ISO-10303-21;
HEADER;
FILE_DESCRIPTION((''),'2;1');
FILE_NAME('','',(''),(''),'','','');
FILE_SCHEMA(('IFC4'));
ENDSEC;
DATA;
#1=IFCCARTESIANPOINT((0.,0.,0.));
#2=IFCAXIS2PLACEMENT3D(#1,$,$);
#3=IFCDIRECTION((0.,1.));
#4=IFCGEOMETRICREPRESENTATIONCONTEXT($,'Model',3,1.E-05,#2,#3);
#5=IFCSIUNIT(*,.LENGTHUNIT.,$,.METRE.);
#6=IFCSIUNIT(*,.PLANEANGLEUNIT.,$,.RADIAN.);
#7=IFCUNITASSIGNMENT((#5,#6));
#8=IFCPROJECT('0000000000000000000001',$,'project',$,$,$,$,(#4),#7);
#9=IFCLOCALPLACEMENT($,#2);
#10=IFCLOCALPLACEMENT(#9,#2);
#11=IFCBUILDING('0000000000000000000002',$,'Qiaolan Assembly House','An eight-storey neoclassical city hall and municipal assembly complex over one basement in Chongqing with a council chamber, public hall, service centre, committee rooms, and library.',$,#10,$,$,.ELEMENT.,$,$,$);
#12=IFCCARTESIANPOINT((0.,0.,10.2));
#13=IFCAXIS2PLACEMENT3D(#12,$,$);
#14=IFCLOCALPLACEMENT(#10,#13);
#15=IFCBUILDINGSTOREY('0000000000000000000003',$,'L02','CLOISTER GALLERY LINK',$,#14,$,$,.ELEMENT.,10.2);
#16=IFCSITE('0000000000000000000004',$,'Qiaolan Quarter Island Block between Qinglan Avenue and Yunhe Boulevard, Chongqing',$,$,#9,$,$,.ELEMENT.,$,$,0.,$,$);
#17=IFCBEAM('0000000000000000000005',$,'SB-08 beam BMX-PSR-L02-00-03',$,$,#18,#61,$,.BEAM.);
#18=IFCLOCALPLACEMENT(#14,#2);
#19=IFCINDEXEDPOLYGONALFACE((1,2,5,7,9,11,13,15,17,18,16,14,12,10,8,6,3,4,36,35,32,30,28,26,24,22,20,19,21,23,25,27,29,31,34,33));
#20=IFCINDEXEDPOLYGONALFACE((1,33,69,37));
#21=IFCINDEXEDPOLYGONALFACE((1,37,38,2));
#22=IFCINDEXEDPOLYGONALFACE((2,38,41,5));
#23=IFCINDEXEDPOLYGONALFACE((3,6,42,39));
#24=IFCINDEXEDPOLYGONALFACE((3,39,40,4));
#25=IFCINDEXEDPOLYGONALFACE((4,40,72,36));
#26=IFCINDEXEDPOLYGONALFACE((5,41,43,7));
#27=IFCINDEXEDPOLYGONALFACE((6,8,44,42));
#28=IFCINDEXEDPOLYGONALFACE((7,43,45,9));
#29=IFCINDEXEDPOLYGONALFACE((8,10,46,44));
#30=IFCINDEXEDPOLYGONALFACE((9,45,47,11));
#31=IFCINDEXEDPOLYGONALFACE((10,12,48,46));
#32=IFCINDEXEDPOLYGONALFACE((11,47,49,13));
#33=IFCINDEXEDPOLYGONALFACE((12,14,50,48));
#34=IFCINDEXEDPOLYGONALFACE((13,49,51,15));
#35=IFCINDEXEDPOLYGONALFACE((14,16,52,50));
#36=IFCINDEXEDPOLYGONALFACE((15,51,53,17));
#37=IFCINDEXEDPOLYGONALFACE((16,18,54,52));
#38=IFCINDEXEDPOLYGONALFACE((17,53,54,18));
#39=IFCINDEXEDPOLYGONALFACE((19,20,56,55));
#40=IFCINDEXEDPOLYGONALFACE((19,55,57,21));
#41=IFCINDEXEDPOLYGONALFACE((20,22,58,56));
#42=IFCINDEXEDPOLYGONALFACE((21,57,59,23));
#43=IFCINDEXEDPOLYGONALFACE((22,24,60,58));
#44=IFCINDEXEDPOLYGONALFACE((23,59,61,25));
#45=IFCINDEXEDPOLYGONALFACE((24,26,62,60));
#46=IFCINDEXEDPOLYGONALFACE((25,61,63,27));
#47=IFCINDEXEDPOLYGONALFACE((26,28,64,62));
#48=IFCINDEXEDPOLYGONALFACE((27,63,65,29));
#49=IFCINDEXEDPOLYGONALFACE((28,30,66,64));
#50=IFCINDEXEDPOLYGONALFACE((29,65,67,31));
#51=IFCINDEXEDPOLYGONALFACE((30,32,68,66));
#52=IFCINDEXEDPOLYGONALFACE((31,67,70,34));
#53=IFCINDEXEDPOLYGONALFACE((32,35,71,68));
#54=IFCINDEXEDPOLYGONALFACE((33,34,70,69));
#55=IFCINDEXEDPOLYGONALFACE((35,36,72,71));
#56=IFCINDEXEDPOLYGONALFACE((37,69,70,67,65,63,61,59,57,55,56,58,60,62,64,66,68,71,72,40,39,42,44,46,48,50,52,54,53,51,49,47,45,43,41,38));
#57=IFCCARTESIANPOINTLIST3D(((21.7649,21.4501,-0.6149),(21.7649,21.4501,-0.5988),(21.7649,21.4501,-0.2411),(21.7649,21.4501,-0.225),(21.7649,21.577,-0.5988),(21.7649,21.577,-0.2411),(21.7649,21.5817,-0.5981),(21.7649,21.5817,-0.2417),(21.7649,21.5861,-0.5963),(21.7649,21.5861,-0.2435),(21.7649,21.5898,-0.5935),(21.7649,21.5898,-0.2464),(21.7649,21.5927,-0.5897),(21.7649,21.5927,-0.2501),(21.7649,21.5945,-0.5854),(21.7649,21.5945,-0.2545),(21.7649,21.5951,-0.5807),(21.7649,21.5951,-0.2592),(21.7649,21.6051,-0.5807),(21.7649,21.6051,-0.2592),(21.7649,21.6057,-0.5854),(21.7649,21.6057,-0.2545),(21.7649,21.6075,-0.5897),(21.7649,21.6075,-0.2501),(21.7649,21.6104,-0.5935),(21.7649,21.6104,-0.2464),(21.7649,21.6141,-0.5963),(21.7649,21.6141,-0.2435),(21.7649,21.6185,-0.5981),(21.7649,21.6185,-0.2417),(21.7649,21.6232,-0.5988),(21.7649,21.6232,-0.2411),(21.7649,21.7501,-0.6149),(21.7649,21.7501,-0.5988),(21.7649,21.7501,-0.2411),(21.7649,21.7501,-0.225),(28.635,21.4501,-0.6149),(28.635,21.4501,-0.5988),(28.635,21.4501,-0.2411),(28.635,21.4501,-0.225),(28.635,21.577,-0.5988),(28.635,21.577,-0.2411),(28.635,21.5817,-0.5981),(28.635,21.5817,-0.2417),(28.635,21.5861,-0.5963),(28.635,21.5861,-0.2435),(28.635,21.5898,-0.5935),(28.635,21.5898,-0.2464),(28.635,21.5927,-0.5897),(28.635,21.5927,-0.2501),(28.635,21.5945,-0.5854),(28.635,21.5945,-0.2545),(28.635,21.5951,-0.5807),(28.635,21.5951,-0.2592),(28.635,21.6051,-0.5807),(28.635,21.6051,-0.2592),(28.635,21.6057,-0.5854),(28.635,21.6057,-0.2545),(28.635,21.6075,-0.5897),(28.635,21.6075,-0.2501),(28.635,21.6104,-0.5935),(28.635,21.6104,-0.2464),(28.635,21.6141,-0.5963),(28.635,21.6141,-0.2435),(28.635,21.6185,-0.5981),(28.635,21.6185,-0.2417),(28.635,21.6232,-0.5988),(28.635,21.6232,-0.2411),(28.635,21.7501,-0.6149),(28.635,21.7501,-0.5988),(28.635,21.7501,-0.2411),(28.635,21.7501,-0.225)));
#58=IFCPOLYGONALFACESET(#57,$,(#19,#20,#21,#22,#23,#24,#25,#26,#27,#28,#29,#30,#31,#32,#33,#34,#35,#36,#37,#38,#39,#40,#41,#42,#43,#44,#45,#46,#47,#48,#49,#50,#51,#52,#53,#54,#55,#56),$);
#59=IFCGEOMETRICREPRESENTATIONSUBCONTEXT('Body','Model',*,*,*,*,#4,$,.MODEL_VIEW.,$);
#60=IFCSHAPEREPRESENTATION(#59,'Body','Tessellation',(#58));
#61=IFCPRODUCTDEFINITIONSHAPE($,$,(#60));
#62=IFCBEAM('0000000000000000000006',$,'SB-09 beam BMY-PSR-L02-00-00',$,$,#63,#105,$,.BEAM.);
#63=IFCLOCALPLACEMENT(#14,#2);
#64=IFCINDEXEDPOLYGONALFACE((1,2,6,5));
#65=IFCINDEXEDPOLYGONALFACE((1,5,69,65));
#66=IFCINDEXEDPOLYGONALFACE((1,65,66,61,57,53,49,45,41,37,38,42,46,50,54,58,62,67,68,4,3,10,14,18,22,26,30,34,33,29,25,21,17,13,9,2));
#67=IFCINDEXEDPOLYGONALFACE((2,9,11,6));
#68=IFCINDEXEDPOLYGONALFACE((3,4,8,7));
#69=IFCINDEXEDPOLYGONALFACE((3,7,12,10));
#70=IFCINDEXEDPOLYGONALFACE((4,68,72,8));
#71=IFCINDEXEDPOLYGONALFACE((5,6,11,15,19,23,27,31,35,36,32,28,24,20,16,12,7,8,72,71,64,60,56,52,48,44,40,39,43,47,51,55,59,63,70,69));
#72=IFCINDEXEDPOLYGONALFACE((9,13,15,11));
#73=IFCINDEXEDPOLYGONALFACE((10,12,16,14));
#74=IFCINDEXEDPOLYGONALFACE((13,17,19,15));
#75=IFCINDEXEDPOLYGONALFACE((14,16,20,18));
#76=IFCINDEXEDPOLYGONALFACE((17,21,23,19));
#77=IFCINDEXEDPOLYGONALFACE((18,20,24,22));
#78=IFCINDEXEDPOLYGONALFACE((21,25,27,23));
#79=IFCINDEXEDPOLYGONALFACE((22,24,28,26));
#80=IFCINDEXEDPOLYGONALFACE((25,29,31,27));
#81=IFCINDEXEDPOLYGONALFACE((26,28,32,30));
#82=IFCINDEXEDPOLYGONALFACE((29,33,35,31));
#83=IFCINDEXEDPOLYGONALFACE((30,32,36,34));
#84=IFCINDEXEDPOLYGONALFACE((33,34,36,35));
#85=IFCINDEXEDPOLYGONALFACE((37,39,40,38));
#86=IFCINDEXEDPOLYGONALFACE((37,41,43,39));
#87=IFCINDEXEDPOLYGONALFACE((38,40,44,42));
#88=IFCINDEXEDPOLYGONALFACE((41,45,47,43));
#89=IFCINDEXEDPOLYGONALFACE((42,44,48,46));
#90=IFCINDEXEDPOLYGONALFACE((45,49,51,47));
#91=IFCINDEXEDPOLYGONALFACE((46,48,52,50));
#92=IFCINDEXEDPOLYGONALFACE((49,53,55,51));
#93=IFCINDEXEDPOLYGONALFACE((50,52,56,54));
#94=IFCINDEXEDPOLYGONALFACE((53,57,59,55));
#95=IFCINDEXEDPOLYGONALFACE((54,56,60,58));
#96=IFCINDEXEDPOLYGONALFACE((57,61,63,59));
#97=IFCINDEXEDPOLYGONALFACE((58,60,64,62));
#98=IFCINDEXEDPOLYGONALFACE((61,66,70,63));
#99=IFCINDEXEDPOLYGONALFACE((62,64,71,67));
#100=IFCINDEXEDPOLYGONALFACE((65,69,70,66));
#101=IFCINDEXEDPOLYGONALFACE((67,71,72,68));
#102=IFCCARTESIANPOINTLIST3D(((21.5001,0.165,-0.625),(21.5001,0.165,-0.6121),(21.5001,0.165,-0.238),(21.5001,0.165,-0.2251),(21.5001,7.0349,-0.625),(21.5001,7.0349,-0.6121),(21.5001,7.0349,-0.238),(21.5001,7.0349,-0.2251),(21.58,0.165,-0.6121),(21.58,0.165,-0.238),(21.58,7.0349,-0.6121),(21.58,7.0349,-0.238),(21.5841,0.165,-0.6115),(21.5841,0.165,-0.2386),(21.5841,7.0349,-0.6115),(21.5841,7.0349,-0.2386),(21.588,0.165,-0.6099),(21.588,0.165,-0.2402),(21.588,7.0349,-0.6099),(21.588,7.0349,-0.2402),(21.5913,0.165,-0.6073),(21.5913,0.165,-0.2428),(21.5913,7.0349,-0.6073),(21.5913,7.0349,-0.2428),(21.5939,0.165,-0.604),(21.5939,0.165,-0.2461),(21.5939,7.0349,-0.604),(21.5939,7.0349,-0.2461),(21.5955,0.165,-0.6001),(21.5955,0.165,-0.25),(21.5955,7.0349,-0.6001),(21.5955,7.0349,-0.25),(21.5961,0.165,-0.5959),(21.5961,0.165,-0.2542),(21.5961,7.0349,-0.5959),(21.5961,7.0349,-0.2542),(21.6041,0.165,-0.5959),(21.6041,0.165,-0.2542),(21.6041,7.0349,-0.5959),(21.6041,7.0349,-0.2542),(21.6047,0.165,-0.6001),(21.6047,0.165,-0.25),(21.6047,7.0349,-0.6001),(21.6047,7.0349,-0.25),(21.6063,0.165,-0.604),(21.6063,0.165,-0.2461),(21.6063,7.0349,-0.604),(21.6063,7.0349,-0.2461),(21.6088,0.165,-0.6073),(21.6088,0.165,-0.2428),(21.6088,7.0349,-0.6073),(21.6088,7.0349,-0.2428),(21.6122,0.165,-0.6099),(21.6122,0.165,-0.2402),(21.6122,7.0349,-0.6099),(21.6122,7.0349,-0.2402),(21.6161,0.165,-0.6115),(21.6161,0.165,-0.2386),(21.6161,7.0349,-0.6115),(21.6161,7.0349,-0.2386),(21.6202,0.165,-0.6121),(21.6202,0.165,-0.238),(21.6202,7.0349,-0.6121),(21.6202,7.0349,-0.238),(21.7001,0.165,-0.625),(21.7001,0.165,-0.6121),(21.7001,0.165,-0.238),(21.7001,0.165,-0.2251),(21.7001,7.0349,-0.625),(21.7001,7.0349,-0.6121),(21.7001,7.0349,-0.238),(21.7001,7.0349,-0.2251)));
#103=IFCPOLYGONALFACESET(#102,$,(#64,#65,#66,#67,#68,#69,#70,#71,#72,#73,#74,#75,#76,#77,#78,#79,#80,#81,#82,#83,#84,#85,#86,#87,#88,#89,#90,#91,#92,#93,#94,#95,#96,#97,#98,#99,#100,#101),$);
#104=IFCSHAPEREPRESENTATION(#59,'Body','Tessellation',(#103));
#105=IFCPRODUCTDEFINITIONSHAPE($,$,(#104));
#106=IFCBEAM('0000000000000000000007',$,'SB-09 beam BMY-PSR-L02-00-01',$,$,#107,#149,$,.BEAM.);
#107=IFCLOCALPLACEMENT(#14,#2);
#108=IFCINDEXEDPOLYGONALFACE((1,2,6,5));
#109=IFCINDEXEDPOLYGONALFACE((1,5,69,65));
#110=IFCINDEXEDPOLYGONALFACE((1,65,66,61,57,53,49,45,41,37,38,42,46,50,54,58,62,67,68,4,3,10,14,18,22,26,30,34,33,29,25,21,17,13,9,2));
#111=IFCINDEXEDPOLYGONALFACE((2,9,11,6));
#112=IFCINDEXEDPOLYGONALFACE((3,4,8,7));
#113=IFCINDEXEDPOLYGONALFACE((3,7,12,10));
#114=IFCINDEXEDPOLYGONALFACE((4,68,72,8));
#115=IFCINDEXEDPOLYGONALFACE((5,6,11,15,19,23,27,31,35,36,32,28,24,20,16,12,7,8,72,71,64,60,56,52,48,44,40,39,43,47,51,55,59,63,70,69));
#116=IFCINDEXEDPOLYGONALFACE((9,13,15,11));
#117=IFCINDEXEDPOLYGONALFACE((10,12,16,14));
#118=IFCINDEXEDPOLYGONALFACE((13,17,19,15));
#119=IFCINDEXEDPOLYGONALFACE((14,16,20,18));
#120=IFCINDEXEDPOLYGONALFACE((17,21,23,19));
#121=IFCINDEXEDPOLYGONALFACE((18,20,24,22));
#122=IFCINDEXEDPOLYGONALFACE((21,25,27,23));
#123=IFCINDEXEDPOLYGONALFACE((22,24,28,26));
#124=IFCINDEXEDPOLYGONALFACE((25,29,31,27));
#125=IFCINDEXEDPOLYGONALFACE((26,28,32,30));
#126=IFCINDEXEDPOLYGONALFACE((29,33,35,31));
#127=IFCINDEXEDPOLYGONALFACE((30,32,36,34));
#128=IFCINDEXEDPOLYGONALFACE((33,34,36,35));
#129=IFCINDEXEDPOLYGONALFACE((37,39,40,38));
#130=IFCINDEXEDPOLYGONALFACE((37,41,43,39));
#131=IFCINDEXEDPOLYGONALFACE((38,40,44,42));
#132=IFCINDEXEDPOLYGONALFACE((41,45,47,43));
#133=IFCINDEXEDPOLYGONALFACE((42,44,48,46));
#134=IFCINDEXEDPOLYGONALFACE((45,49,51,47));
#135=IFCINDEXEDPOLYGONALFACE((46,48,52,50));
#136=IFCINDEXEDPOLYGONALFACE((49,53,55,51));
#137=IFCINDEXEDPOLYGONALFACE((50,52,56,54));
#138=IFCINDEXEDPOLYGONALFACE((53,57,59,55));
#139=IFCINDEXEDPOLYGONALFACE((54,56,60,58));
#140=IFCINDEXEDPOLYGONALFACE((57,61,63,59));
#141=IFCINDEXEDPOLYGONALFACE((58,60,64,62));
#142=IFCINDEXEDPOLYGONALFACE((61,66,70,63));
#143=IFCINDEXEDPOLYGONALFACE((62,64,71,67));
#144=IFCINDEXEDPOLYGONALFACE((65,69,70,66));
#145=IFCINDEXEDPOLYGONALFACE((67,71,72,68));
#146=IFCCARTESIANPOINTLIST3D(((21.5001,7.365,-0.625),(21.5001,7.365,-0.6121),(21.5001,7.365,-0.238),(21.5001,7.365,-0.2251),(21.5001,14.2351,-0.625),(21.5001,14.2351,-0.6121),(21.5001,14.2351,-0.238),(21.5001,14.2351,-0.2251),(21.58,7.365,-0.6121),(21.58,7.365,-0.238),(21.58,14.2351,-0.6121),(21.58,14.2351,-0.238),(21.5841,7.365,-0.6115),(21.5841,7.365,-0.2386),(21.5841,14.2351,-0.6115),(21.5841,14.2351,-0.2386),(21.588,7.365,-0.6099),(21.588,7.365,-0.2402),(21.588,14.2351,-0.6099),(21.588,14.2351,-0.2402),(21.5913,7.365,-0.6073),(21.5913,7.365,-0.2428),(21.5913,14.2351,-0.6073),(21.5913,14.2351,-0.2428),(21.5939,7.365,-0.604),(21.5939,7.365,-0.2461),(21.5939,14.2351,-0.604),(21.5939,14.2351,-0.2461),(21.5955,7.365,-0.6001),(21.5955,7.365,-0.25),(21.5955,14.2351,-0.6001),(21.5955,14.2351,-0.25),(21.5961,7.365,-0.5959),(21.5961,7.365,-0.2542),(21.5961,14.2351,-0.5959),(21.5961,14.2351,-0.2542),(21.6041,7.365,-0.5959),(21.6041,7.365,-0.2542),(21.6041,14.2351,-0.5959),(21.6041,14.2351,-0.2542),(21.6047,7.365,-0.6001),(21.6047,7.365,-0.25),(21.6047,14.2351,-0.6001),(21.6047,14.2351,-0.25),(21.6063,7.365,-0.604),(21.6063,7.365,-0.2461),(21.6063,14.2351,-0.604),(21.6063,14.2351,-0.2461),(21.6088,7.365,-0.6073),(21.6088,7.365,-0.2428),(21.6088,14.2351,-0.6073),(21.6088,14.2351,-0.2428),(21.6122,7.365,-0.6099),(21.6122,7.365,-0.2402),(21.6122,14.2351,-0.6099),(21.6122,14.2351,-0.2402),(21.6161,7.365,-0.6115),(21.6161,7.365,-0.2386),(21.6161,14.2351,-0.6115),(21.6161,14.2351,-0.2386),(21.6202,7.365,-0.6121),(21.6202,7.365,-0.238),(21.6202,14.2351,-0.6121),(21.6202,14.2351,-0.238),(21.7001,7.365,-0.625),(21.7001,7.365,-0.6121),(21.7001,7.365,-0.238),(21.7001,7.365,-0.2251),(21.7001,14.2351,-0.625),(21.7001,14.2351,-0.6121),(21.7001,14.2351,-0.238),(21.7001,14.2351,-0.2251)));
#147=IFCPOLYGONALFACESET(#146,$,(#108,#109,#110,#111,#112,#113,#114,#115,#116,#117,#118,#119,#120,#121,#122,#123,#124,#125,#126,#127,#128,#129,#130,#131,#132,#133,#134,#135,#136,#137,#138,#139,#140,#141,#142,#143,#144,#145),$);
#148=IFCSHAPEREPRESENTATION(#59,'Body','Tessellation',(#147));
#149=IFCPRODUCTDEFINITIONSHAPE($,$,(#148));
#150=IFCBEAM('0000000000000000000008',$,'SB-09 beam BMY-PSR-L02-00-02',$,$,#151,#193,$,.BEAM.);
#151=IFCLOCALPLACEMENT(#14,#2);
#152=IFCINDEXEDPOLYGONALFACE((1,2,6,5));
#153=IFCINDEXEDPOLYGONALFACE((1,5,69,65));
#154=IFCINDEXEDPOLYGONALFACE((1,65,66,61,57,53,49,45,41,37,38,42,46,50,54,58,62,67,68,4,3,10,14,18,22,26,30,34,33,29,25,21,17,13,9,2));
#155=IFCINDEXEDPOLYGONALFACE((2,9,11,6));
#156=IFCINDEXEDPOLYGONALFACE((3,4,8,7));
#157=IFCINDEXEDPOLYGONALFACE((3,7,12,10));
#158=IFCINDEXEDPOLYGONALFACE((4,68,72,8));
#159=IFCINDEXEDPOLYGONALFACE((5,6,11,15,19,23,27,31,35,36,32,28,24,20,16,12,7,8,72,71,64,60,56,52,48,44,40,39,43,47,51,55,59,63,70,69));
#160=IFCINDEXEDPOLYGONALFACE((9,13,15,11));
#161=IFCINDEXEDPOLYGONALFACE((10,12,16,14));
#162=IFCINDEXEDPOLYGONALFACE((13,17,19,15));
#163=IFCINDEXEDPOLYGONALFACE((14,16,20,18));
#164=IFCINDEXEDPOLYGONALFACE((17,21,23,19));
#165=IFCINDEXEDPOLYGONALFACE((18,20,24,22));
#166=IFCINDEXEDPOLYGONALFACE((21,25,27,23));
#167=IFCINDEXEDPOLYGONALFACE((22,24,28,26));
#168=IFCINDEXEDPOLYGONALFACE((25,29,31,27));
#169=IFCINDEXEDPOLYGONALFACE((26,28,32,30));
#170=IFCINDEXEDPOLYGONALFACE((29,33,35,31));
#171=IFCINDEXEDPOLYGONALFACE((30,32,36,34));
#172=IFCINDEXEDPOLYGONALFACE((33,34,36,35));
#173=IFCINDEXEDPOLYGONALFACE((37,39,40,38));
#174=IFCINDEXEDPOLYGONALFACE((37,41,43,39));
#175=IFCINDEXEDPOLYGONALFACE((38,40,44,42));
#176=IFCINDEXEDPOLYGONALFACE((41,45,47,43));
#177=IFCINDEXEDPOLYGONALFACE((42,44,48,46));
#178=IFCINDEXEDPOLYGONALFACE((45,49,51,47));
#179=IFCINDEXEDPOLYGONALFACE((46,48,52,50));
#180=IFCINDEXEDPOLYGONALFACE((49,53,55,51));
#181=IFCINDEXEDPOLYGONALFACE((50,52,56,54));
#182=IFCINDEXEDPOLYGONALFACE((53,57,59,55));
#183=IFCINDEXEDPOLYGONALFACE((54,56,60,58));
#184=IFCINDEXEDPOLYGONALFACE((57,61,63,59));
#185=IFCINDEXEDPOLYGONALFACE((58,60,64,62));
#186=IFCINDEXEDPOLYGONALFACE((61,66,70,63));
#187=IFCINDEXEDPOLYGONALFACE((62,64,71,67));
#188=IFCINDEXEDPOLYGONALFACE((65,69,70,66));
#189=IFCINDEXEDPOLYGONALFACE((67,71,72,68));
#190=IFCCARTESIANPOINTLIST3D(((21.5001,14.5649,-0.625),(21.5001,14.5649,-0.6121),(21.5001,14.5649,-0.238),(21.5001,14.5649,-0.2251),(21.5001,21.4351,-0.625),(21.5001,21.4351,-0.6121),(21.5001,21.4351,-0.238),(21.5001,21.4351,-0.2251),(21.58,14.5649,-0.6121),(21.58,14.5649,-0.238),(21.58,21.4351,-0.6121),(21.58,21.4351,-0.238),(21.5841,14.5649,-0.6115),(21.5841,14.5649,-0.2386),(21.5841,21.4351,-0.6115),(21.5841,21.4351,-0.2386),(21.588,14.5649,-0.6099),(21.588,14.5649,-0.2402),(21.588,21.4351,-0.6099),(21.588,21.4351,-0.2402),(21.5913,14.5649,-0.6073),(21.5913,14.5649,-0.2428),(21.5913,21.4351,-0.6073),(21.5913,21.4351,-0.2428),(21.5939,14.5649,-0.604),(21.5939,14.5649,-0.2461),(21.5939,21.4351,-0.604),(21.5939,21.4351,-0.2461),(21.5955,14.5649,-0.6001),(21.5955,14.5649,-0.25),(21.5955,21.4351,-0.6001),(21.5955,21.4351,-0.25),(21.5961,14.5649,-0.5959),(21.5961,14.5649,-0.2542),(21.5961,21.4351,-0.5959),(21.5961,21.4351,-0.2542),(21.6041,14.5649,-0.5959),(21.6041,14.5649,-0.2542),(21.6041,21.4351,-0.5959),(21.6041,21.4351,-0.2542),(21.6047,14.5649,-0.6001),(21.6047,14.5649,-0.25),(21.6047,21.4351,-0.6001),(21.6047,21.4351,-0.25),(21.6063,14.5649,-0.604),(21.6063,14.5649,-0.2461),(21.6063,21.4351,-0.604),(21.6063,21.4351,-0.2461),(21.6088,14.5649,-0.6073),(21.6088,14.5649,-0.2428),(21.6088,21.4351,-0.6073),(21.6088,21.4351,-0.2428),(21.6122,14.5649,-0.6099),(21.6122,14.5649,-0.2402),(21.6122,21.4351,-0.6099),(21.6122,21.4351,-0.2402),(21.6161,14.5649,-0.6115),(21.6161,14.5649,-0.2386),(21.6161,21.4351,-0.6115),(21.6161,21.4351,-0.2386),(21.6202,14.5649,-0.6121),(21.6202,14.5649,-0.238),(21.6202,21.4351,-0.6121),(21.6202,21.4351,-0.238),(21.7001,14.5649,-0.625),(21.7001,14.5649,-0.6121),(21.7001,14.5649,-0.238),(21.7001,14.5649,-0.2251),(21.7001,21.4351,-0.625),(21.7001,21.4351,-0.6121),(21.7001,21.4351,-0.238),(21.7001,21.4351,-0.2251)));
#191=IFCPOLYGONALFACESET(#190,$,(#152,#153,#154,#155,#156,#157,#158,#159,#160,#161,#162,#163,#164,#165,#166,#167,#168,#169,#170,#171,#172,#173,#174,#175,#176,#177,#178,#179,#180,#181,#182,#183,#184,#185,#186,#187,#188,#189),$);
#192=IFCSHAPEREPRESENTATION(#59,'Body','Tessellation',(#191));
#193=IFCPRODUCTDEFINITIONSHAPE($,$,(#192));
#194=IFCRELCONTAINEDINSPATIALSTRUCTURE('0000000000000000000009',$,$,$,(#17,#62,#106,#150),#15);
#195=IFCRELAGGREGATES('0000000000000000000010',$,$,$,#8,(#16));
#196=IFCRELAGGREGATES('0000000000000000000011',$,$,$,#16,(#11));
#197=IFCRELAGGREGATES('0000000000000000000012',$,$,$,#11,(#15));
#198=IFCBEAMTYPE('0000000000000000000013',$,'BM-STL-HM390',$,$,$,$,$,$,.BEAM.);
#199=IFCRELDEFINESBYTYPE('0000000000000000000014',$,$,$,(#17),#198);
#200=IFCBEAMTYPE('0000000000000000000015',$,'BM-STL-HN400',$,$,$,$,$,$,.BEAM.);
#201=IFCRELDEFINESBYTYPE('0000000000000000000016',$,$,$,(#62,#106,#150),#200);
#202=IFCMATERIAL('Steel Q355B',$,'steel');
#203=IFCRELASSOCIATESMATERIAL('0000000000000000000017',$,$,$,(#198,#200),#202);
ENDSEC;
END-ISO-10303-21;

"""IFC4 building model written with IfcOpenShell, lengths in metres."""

from ifc_helpers import new_model, si_unit, direction, frame, origin, origin_2d, place, context, subcontext, project, spatial, i_section, extrude, material, material_profile, profile_set, type_object, element, save


model = new_model("IFC4")

# Units and contexts
model_context = context("Model", 3, precision=1e-05, world=origin(), true_north=direction((0.0, 1.0)))
body_context = subcontext(model_context, "Body", "Model", "MODEL_VIEW")
ifc_project = project(units=[si_unit("LENGTHUNIT", "METRE"), si_unit("PLANEANGLEUNIT", "RADIAN")], contexts=[model_context])

# Site, building, storey
site_placement = place(None, origin())
site = spatial("IfcSite", under=ifc_project, at=site_placement, Name="Qiaolan Quarter Island Block between Qinglan Avenue and Yunhe Boulevard, Chongqing", CompositionType="ELEMENT", RefElevation=0.0)
building_placement = place(site_placement, origin())
building = spatial("IfcBuilding", under=site, at=building_placement, Name="Qiaolan Assembly House", Description="An eight-storey neoclassical city hall and municipal assembly complex over one basement in Chongqing with a council chamber, public hall, service centre, committee rooms, and library.", CompositionType="ELEMENT")
storey_placement = place(building_placement, frame((0.0, 0.0, 10.2)))
storey = spatial("IfcBuildingStorey", under=building, at=storey_placement, Name="L02", Description="CLOISTER GALLERY LINK", CompositionType="ELEMENT", Elevation=10.2)

# Beams
ifc_material_1 = material(Name="Steel Q355B", Category="steel")
ifc_material_profile_1 = material_profile(ifc_material_1, i_section(OverallWidth=0.3, OverallDepth=0.3899, WebThickness=0.01, FlangeThickness=0.0161, FilletRadius=0.0181, at=origin_2d()), Name="HM 390x300x10x16")
ifc_profile_set_1 = profile_set([ifc_material_profile_1], Name="Steel Q355B")
beam_type_1 = type_object("IfcBeamType", Name="BM-STL-HM390", PredefinedType="BEAM", material=ifc_profile_set_1)
for number, where, z_axis, x_axis, name in (
    (1, (21.7649, 21.6001, -0.4199), (1.0, 0.0, 0.0), (0.0, 1.0, 0.0), "SB-08 beam BMX-PSR-L02-00-03"),
):
    element("IfcBeam", number, at=place(storey_placement, frame(where, z_axis=z_axis, x_axis=x_axis)), inside=storey, type_object=beam_type_1, Name=name, PredefinedType="BEAM", context=body_context, shape_type="SweptSolid", body=[
        extrude(i_section(OverallWidth=0.3, OverallDepth=0.3899, WebThickness=0.01, FlangeThickness=0.0161, FilletRadius=0.0181, at=origin_2d()), origin(), (0.0, 0.0, 1.0), 6.8701),
    ])
ifc_material_profile_2 = material_profile(ifc_material_1, i_section(OverallWidth=0.2, OverallDepth=0.3999, WebThickness=0.0081, FlangeThickness=0.0129, FilletRadius=0.0161, at=origin_2d()), Name="HN 400x200x8x13")
ifc_profile_set_2 = profile_set([ifc_material_profile_2], Name="Steel Q355B")
beam_type_2 = type_object("IfcBeamType", Name="BM-STL-HN400", PredefinedType="BEAM", material=ifc_profile_set_2)
beam_1_placement = place(storey_placement, frame((21.6001, 0.165, -0.425), z_axis=(0.0, 1.0, 0.0), x_axis=(-1.0, 0.0, 0.0)))
element("IfcBeam", 2, at=beam_1_placement, inside=storey, type_object=beam_type_2, Name="SB-09 beam BMY-PSR-L02-00-00", PredefinedType="BEAM", context=body_context, shape_type="SweptSolid", body=[
    extrude(i_section(OverallWidth=0.2, OverallDepth=0.3999, WebThickness=0.0081, FlangeThickness=0.0129, FilletRadius=0.0161, at=origin_2d()), origin(), (0.0, 0.0, 1.0), 6.8699),
])
for number, where, z_axis, x_axis, name in (
    (3, (21.6001, 7.365, -0.425), (0.0, 1.0, 0.0), (-1.0, 0.0, 0.0), "SB-09 beam BMY-PSR-L02-00-01"),
    (4, (21.6001, 14.5649, -0.425), (0.0, 1.0, 0.0), (-1.0, 0.0, 0.0), "SB-09 beam BMY-PSR-L02-00-02"),
):
    element("IfcBeam", number, at=place(storey_placement, frame(where, z_axis=z_axis, x_axis=x_axis)), inside=storey, type_object=beam_type_2, Name=name, PredefinedType="BEAM", context=body_context, shape_type="SweptSolid", body=[
        extrude(i_section(OverallWidth=0.2, OverallDepth=0.3999, WebThickness=0.0081, FlangeThickness=0.0129, FilletRadius=0.0161, at=origin_2d()), origin(), (0.0, 0.0, 1.0), 6.8701),
    ])

save(model, "model.ifc")
